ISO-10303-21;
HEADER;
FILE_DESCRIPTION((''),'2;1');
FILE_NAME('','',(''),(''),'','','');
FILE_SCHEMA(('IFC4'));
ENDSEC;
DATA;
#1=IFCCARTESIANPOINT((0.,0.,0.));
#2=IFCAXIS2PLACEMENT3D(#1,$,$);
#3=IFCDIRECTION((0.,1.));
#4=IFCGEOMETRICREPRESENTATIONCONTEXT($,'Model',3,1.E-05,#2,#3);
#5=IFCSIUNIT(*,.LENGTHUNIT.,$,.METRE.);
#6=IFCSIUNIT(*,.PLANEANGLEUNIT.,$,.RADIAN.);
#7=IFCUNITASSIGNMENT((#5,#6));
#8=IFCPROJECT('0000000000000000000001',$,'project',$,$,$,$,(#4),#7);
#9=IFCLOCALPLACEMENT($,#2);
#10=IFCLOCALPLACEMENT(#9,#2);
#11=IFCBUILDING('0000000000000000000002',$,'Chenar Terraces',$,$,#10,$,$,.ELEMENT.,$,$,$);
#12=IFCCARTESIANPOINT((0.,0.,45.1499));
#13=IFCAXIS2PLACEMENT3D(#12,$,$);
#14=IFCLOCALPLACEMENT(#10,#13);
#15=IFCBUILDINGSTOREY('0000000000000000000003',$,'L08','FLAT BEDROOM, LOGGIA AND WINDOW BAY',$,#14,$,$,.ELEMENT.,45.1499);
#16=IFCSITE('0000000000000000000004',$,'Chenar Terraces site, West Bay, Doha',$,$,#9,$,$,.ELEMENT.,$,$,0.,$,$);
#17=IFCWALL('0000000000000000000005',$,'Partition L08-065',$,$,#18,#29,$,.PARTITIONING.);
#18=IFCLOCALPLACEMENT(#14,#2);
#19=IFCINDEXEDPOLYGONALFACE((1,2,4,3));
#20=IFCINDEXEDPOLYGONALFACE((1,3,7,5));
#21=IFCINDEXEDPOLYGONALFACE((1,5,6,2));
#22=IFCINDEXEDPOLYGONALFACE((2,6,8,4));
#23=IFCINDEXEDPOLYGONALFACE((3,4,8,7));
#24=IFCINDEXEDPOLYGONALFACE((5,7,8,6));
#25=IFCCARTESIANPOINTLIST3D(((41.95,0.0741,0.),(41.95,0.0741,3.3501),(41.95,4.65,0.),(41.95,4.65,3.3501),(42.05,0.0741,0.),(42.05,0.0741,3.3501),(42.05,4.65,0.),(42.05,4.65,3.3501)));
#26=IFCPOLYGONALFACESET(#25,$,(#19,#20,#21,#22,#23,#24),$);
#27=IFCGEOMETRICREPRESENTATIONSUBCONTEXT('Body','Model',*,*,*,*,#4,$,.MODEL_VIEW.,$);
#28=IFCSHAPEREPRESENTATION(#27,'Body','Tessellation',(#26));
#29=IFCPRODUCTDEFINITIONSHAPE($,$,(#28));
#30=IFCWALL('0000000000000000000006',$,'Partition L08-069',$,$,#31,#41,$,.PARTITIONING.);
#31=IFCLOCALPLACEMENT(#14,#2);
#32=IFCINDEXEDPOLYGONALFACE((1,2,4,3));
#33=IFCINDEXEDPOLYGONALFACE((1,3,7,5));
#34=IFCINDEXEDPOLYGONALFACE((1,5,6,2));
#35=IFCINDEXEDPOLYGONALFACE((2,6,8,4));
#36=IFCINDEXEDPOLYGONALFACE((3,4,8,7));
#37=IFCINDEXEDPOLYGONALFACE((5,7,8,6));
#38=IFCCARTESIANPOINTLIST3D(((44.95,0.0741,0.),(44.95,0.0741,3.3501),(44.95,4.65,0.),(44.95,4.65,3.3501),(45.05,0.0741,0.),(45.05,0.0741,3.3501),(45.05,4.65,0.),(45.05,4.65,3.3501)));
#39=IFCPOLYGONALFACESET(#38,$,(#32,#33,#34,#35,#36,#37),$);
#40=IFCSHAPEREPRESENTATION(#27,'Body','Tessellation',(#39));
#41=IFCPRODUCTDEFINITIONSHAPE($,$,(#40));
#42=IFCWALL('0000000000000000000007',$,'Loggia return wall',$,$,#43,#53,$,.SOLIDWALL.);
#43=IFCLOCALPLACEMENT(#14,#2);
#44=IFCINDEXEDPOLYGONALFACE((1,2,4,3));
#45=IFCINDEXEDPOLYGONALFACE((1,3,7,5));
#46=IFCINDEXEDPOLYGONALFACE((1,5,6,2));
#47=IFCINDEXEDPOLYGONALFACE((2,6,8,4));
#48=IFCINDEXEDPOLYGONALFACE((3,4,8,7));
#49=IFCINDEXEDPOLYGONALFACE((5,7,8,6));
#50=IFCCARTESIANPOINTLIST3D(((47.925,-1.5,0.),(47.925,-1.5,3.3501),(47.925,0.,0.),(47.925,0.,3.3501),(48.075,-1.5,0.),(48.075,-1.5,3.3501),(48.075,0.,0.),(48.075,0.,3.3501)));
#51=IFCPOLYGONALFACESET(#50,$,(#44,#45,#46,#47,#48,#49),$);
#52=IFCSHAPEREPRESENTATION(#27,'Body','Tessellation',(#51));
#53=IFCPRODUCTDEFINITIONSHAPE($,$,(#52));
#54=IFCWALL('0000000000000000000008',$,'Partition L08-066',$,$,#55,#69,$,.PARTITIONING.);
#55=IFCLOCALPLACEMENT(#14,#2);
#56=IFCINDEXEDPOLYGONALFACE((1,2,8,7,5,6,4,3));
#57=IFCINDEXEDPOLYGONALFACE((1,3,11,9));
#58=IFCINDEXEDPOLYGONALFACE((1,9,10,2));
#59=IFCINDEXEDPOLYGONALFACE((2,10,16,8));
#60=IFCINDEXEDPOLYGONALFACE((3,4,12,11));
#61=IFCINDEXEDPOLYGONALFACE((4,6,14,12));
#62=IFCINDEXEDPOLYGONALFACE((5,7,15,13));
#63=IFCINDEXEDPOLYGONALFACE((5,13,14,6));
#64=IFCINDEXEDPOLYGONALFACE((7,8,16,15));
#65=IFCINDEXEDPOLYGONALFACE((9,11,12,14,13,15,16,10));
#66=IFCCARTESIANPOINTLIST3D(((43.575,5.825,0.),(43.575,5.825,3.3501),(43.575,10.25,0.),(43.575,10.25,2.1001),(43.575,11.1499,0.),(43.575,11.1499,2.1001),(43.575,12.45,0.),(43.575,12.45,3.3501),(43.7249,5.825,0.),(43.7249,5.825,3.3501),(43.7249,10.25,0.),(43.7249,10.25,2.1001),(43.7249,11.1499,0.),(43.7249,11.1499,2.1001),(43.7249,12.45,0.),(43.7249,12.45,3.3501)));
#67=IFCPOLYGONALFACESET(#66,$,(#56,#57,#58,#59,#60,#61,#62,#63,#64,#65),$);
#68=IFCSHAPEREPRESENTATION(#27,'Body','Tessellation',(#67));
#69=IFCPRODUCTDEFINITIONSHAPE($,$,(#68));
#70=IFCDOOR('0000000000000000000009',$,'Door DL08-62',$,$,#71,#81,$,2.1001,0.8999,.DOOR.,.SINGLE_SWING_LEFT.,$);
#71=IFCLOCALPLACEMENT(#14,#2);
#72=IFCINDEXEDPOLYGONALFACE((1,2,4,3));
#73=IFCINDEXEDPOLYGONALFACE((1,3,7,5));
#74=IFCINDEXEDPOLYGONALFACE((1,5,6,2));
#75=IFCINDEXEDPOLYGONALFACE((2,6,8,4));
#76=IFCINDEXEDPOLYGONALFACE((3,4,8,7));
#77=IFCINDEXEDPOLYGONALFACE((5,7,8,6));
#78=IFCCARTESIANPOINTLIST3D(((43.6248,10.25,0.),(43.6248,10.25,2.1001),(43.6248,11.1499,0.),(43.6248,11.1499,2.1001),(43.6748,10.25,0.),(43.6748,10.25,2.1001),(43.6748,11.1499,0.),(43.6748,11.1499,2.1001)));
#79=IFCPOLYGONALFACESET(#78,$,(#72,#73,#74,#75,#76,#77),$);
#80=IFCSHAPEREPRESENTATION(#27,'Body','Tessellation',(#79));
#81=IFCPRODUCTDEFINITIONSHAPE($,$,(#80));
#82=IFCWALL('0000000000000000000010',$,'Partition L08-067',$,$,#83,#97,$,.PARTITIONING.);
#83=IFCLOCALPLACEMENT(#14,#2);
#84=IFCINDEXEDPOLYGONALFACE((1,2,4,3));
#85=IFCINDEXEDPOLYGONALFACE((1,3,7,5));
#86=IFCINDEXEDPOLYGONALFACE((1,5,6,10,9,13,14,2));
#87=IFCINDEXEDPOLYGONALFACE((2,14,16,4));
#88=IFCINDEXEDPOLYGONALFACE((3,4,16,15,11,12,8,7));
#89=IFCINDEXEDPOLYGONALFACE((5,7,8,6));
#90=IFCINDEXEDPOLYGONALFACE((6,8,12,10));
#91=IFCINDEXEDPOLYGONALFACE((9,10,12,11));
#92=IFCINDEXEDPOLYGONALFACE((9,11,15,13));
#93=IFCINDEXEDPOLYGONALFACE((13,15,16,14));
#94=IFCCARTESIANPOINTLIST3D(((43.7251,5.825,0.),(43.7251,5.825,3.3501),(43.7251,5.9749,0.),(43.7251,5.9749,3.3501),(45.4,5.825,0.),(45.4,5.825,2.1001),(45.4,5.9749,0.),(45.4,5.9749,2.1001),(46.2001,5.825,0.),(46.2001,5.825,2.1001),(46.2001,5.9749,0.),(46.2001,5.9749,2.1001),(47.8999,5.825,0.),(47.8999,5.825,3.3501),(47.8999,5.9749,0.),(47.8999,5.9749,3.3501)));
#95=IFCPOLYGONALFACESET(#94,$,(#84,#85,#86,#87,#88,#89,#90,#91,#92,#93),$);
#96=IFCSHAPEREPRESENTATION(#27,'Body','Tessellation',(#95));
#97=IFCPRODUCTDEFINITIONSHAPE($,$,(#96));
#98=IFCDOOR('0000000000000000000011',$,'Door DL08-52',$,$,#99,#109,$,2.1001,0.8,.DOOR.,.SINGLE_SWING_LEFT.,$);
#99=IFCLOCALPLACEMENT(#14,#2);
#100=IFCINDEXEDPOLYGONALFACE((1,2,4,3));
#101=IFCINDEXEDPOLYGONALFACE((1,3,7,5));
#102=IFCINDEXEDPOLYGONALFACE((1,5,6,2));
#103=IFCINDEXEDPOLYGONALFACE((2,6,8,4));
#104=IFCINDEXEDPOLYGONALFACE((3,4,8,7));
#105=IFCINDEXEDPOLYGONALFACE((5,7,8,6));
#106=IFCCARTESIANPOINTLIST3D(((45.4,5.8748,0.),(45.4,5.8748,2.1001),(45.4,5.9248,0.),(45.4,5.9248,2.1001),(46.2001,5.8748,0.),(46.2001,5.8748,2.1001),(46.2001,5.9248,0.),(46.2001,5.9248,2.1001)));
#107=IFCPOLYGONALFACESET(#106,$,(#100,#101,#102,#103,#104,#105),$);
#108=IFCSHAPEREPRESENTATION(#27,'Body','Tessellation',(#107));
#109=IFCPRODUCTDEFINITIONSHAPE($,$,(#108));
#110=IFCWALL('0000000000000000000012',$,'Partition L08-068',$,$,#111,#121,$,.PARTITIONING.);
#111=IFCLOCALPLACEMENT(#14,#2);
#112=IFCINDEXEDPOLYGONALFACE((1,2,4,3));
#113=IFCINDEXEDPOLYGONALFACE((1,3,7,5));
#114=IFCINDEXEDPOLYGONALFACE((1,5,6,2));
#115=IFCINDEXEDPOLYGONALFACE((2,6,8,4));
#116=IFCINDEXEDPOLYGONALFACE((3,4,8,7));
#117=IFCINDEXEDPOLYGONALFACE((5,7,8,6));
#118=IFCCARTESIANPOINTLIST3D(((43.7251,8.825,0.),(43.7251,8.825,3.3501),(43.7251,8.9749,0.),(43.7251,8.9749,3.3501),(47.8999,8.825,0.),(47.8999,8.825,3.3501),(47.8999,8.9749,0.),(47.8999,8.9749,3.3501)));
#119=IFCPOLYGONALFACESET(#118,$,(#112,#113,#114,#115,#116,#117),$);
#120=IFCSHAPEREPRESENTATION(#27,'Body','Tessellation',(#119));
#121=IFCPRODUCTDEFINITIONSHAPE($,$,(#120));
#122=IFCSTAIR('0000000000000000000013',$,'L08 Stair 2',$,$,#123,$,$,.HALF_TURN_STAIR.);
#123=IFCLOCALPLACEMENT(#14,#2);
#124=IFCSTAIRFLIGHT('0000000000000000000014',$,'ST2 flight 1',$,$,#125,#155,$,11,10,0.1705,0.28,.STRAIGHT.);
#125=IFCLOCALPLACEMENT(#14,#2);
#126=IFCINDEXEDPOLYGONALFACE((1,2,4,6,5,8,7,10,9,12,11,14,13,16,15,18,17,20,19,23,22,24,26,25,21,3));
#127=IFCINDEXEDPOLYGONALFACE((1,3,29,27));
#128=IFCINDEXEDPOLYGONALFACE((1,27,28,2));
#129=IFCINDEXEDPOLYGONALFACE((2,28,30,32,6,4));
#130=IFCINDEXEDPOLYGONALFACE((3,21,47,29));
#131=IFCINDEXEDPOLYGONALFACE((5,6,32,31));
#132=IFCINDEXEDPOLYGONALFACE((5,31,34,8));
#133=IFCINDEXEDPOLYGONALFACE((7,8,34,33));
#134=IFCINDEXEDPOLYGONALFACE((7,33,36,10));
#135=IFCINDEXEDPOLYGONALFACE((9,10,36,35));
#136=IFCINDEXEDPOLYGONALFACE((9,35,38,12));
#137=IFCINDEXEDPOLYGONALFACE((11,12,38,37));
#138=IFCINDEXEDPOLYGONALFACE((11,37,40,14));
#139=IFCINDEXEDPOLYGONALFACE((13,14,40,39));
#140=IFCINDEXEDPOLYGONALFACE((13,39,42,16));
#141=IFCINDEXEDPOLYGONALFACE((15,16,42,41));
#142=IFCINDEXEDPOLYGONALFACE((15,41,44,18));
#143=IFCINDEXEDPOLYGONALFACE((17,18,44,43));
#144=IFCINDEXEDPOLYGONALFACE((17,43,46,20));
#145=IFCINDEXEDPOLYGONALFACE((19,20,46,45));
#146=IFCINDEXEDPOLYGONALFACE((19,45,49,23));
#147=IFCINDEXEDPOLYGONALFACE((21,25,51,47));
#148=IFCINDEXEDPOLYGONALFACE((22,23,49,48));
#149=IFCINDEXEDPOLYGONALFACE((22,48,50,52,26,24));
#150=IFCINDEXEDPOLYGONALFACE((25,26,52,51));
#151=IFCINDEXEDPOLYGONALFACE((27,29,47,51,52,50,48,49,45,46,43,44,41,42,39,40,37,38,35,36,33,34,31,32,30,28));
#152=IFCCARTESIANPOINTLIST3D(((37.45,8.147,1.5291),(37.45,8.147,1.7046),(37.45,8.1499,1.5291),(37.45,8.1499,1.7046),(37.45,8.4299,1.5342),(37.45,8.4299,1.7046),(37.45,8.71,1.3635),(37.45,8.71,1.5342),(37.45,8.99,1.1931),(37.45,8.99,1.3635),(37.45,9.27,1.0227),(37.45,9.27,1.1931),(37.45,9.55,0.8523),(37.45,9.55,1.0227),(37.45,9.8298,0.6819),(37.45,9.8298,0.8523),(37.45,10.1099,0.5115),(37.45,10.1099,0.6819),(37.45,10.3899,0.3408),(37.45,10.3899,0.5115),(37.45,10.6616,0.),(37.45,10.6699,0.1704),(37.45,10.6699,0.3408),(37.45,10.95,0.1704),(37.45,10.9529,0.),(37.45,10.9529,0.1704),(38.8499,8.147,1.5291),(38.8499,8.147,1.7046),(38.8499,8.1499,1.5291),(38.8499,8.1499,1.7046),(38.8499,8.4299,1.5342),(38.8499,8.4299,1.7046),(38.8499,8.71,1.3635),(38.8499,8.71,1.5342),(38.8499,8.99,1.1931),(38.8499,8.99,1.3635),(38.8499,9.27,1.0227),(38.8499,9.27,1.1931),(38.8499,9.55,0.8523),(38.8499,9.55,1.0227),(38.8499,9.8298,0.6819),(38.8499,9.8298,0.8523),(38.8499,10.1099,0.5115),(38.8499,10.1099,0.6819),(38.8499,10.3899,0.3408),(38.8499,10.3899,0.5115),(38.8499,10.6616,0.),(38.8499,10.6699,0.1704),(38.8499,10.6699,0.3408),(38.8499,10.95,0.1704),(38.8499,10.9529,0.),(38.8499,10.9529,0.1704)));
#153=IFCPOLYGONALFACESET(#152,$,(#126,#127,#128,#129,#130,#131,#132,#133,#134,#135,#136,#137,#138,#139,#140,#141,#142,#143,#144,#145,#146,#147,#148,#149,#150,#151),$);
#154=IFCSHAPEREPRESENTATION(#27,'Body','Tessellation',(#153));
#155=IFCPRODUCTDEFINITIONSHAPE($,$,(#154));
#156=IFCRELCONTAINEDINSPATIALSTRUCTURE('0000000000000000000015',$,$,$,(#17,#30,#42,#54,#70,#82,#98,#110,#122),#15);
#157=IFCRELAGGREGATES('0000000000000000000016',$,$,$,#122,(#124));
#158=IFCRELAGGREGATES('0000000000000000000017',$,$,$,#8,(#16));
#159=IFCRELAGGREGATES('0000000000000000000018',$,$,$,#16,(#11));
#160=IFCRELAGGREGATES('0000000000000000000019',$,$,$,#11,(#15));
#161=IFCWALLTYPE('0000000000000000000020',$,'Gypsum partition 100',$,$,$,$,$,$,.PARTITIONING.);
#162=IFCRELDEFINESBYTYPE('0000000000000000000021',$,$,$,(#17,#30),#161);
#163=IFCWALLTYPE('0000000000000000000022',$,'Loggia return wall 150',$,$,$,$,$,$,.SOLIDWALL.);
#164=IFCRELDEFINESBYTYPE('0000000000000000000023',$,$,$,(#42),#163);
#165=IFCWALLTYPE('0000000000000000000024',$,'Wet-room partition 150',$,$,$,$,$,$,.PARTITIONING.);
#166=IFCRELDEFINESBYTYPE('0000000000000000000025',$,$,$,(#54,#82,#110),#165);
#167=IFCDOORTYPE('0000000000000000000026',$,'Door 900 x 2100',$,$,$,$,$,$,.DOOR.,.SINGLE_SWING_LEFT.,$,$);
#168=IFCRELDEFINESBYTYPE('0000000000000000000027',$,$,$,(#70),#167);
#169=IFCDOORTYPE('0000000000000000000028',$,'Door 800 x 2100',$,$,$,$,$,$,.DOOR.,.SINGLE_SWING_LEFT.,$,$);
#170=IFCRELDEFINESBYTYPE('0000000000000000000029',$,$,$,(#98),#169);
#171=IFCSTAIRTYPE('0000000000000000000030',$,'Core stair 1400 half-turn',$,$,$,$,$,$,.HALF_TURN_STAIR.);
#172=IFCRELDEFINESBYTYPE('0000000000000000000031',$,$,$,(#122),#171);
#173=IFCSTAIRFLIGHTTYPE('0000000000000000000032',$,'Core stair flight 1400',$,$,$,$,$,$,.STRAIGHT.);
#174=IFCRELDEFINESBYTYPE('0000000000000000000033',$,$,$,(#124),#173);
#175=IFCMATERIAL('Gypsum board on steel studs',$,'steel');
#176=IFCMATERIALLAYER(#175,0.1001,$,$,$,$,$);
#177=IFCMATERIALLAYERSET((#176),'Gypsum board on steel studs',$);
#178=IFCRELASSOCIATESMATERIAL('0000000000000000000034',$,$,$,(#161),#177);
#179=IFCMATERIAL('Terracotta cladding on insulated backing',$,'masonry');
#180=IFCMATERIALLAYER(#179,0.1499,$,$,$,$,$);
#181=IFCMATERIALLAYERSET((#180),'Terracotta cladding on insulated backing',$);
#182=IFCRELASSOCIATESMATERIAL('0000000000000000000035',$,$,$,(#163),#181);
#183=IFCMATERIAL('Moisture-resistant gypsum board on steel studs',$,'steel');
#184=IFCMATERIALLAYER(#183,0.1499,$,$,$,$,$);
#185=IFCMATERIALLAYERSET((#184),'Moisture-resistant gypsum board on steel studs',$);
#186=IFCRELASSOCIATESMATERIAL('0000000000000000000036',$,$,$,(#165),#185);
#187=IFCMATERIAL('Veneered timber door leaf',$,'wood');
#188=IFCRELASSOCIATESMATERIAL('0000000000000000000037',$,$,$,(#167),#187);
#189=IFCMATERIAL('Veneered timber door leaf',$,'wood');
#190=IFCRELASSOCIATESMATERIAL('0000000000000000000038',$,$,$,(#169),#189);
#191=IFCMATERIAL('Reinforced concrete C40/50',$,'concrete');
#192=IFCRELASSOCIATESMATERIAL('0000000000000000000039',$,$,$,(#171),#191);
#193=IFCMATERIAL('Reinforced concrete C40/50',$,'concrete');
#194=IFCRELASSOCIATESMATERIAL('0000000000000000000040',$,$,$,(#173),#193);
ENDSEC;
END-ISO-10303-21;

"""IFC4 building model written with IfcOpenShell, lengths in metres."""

from ifc_helpers import new_model, si_unit, direction, frame, frame_2d, origin, place, context, subcontext, project, spatial, polyline, rectangle, outline, extrude, material, layer, layer_set, type_object, element, fill, aggregate, save


model = new_model("IFC4")

# Units and contexts
model_context = context("Model", 3, precision=1e-05, world=origin(), true_north=direction((0.0, 1.0)))
body_context = subcontext(model_context, "Body", "Model", "MODEL_VIEW")
ifc_project = project(units=[si_unit("LENGTHUNIT", "METRE"), si_unit("PLANEANGLEUNIT", "RADIAN")], contexts=[model_context])

# Site, building, storey
site_placement = place(None, origin())
site = spatial("IfcSite", under=ifc_project, at=site_placement, Name="Chenar Terraces site, West Bay, Doha", CompositionType="ELEMENT", RefElevation=0.0)
building_placement = place(site_placement, origin())
building = spatial("IfcBuilding", under=site, at=building_placement, Name="Chenar Terraces", CompositionType="ELEMENT")
storey_placement = place(building_placement, frame((0.0, 0.0, 45.1499)))
storey = spatial("IfcBuildingStorey", under=building, at=storey_placement, Name="L08", Description="FLAT BEDROOM, LOGGIA AND WINDOW BAY", CompositionType="ELEMENT", Elevation=45.1499)

# Walls
ifc_material_1 = material(Name="Gypsum board on steel studs", Category="steel")
ifc_layer_1 = layer(ifc_material_1, 0.1001)
ifc_layer_set_1 = layer_set([ifc_layer_1], Name="Gypsum board on steel studs")
wall_type_1 = type_object("IfcWallType", Name="Gypsum partition 100", PredefinedType="PARTITIONING", material=ifc_layer_set_1)
for number, where, z_axis, x_axis, name in (
    (1, (42.0, 0.074, 0.0), (0.0, 0.0, 1.0), (0.0, 1.0, 0.0), "Partition L08-065"),
    (2, (45.0, 0.074, 0.0), (0.0, 0.0, 1.0), (0.0, 1.0, 0.0), "Partition L08-069"),
):
    element("IfcWall", number, at=place(storey_placement, frame(where, z_axis=z_axis, x_axis=x_axis)), inside=storey, type_object=wall_type_1, Name=name, PredefinedType="PARTITIONING", context=body_context, shape_type="SweptSolid", body=[
        extrude(rectangle(XDim=4.5759, YDim=0.1001, at=frame_2d((2.2881, 0.0))), origin(), (0.0, 0.0, 1.0), 3.3501),
    ])
ifc_material_2 = material(Name="Terracotta cladding on insulated backing", Category="masonry")
ifc_layer_2 = layer(ifc_material_2, 0.1499)
ifc_layer_set_2 = layer_set([ifc_layer_2], Name="Terracotta cladding on insulated backing")
wall_type_2 = type_object("IfcWallType", Name="Loggia return wall 150", PredefinedType="SOLIDWALL", material=ifc_layer_set_2)
wall_1_placement = place(storey_placement, frame((48.0, -1.5, 0.0), z_axis=(0.0, 0.0, 1.0), x_axis=(0.0, 1.0, 0.0)))
element("IfcWall", 3, at=wall_1_placement, inside=storey, type_object=wall_type_2, Name="Loggia return wall", PredefinedType="SOLIDWALL", context=body_context, shape_type="SweptSolid", body=[
    extrude(rectangle(XDim=1.5, YDim=0.1499, at=frame_2d((0.75, 0.0))), origin(), (0.0, 0.0, 1.0), 3.3501),
])

# Walls, openings, doors
ifc_material_3 = material(Name="Moisture-resistant gypsum board on steel studs", Category="steel")
ifc_layer_3 = layer(ifc_material_3, 0.1499)
ifc_layer_set_3 = layer_set([ifc_layer_3], Name="Moisture-resistant gypsum board on steel studs")
wall_type_3 = type_object("IfcWallType", Name="Wet-room partition 150", PredefinedType="PARTITIONING", material=ifc_layer_set_3)
wall_2_placement = place(storey_placement, frame((43.6499, 5.825, 0.0), z_axis=(0.0, 0.0, 1.0), x_axis=(0.0, 1.0, 0.0)))
wall_2 = element("IfcWall", 4, at=wall_2_placement, inside=storey, type_object=wall_type_3, Name="Partition L08-066", PredefinedType="PARTITIONING", context=body_context, shape_type="SweptSolid", body=[
    extrude(rectangle(XDim=6.625, YDim=0.1499, at=frame_2d((3.3125, 0.0))), origin(), (0.0, 0.0, 1.0), 3.3501),
])
opening_1_placement = place(wall_2_placement, frame((4.425, 0.0, 0.0)))
opening_1 = element("IfcOpeningElement", 5, at=opening_1_placement, cuts=wall_2, PredefinedType="OPENING", context=body_context, shape_type="SweptSolid", body=[
    extrude(rectangle(XDim=0.8999, YDim=2.1001, at=frame_2d((0.45, 1.05))), frame((0.0, 0.085, 0.0), z_axis=(0.0, -1.0, 0.0), x_axis=(1.0, 0.0, 0.0)), (0.0, 0.0, 1.0), 0.1699),
])
ifc_material_4 = material(Name="Veneered timber door leaf", Category="wood")
door_type_1 = type_object("IfcDoorType", Name="Door 900 x 2100", OperationType="SINGLE_SWING_LEFT", PredefinedType="DOOR", material=ifc_material_4)
door_1_placement = place(opening_1_placement, frame((0.8999, 0.0, 0.0), z_axis=(0.0, 0.0, 1.0), x_axis=(-1.0, 0.0, 0.0)))
door_1 = element("IfcDoor", 6, at=door_1_placement, inside=storey, type_object=door_type_1, Name="Door DL08-62", OperationType="SINGLE_SWING_LEFT", OverallHeight=2.1001, OverallWidth=0.8999, PredefinedType="DOOR", context=body_context, shape_type="SweptSolid", body=[
    extrude(rectangle(XDim=0.8999, YDim=2.1001, at=frame_2d((0.45, 1.05))), frame((0.0, 0.0249, 0.0), z_axis=(0.0, -1.0, 0.0), x_axis=(1.0, 0.0, 0.0)), (0.0, 0.0, 1.0), 0.05),
])
fill(opening_1, door_1)
wall_3_placement = place(storey_placement, frame((43.7251, 5.8999, 0.0), z_axis=(0.0, 0.0, 1.0), x_axis=(1.0, 0.0, 0.0)))
wall_3 = element("IfcWall", 7, at=wall_3_placement, inside=storey, type_object=wall_type_3, Name="Partition L08-067", PredefinedType="PARTITIONING", context=body_context, shape_type="SweptSolid", body=[
    extrude(rectangle(XDim=4.1748, YDim=0.1499, at=frame_2d((2.0874, 0.0))), origin(), (0.0, 0.0, 1.0), 3.3501),
])
opening_2_placement = place(wall_3_placement, frame((1.675, 0.0, 0.0)))
opening_2 = element("IfcOpeningElement", 8, at=opening_2_placement, cuts=wall_3, PredefinedType="OPENING", context=body_context, shape_type="SweptSolid", body=[
    extrude(rectangle(XDim=0.8, YDim=2.1001, at=frame_2d((0.3999, 1.05))), frame((0.0, 0.085, 0.0), z_axis=(0.0, -1.0, 0.0), x_axis=(1.0, 0.0, 0.0)), (0.0, 0.0, 1.0), 0.1699),
])
ifc_material_5 = material(Name="Veneered timber door leaf", Category="wood")
door_type_2 = type_object("IfcDoorType", Name="Door 800 x 2100", OperationType="SINGLE_SWING_LEFT", PredefinedType="DOOR", material=ifc_material_5)
door_2_placement = place(opening_2_placement, origin())
door_2 = element("IfcDoor", 9, at=door_2_placement, inside=storey, type_object=door_type_2, Name="Door DL08-52", OperationType="SINGLE_SWING_LEFT", OverallHeight=2.1001, OverallWidth=0.8, PredefinedType="DOOR", context=body_context, shape_type="SweptSolid", body=[
    extrude(rectangle(XDim=0.8, YDim=2.1001, at=frame_2d((0.3999, 1.05))), frame((0.0, 0.0249, 0.0), z_axis=(0.0, -1.0, 0.0), x_axis=(1.0, 0.0, 0.0)), (0.0, 0.0, 1.0), 0.05),
])
fill(opening_2, door_2)

# Wall
wall_4_placement = place(storey_placement, frame((43.7251, 8.8999, 0.0), z_axis=(0.0, 0.0, 1.0), x_axis=(1.0, 0.0, 0.0)))
element("IfcWall", 10, at=wall_4_placement, inside=storey, type_object=wall_type_3, Name="Partition L08-068", PredefinedType="PARTITIONING", context=body_context, shape_type="SweptSolid", body=[
    extrude(rectangle(XDim=4.1748, YDim=0.1499, at=frame_2d((2.0874, 0.0))), origin(), (0.0, 0.0, 1.0), 3.3501),
])

# Stair, stair flight
ifc_material_6 = material(Name="Reinforced concrete C40/50", Category="concrete")
stair_type = type_object("IfcStairType", Name="Core stair 1400 half-turn", PredefinedType="HALF_TURN_STAIR", material=ifc_material_6)
stair_placement = place(storey_placement, origin())
stair = element("IfcStair", 11, at=stair_placement, inside=storey, type_object=stair_type, Name="L08 Stair 2", PredefinedType="HALF_TURN_STAIR")
ifc_material_7 = material(Name="Reinforced concrete C40/50", Category="concrete")
stair_flight_type = type_object("IfcStairFlightType", Name="Core stair flight 1400", PredefinedType="STRAIGHT", material=ifc_material_7)
stair_flight_1_placement = place(storey_placement, frame((38.1499, 10.95, 0.0), z_axis=(0.0, 0.0, 1.0), x_axis=(0.0, -1.0, 0.0)))
stair_flight_1 = element("IfcStairFlight", 12, at=stair_flight_1_placement, type_object=stair_flight_type, Name="ST2 flight 1", NumberOfRisers=11, NumberOfTreads=10, PredefinedType="STRAIGHT", RiserHeight=0.1705, TreadLength=0.28, context=body_context, shape_type="SweptSolid", body=[
    extrude(outline(polyline([(-0.0029, 0.0), (-0.0029, 0.1704), (0.0, 0.1704), (0.28, 0.1704), (0.28, 0.3408), (0.5601, 0.3408), (0.5601, 0.5115), (0.8401, 0.5115), (0.8401, 0.6819), (1.1201, 0.6819), (1.1201, 0.8523), (1.3999, 0.8523), (1.3999, 1.0227), (1.6799, 1.0227), (1.6799, 1.1931), (1.96, 1.1931), (1.96, 1.3635), (2.24, 1.3635), (2.24, 1.5342), (2.52, 1.5342), (2.52, 1.7046), (2.8, 1.7046), (2.803, 1.7046), (2.803, 1.5291), (2.8, 1.5291), (0.2883, 0.0), (-0.0029, 0.0)])), frame((0.0, 0.7, 0.0), z_axis=(0.0, -1.0, 0.0), x_axis=(1.0, 0.0, 0.0)), (0.0, 0.0, 1.0), 1.3999),
])
aggregate(stair, [stair_flight_1])

save(model, "model.ifc")
